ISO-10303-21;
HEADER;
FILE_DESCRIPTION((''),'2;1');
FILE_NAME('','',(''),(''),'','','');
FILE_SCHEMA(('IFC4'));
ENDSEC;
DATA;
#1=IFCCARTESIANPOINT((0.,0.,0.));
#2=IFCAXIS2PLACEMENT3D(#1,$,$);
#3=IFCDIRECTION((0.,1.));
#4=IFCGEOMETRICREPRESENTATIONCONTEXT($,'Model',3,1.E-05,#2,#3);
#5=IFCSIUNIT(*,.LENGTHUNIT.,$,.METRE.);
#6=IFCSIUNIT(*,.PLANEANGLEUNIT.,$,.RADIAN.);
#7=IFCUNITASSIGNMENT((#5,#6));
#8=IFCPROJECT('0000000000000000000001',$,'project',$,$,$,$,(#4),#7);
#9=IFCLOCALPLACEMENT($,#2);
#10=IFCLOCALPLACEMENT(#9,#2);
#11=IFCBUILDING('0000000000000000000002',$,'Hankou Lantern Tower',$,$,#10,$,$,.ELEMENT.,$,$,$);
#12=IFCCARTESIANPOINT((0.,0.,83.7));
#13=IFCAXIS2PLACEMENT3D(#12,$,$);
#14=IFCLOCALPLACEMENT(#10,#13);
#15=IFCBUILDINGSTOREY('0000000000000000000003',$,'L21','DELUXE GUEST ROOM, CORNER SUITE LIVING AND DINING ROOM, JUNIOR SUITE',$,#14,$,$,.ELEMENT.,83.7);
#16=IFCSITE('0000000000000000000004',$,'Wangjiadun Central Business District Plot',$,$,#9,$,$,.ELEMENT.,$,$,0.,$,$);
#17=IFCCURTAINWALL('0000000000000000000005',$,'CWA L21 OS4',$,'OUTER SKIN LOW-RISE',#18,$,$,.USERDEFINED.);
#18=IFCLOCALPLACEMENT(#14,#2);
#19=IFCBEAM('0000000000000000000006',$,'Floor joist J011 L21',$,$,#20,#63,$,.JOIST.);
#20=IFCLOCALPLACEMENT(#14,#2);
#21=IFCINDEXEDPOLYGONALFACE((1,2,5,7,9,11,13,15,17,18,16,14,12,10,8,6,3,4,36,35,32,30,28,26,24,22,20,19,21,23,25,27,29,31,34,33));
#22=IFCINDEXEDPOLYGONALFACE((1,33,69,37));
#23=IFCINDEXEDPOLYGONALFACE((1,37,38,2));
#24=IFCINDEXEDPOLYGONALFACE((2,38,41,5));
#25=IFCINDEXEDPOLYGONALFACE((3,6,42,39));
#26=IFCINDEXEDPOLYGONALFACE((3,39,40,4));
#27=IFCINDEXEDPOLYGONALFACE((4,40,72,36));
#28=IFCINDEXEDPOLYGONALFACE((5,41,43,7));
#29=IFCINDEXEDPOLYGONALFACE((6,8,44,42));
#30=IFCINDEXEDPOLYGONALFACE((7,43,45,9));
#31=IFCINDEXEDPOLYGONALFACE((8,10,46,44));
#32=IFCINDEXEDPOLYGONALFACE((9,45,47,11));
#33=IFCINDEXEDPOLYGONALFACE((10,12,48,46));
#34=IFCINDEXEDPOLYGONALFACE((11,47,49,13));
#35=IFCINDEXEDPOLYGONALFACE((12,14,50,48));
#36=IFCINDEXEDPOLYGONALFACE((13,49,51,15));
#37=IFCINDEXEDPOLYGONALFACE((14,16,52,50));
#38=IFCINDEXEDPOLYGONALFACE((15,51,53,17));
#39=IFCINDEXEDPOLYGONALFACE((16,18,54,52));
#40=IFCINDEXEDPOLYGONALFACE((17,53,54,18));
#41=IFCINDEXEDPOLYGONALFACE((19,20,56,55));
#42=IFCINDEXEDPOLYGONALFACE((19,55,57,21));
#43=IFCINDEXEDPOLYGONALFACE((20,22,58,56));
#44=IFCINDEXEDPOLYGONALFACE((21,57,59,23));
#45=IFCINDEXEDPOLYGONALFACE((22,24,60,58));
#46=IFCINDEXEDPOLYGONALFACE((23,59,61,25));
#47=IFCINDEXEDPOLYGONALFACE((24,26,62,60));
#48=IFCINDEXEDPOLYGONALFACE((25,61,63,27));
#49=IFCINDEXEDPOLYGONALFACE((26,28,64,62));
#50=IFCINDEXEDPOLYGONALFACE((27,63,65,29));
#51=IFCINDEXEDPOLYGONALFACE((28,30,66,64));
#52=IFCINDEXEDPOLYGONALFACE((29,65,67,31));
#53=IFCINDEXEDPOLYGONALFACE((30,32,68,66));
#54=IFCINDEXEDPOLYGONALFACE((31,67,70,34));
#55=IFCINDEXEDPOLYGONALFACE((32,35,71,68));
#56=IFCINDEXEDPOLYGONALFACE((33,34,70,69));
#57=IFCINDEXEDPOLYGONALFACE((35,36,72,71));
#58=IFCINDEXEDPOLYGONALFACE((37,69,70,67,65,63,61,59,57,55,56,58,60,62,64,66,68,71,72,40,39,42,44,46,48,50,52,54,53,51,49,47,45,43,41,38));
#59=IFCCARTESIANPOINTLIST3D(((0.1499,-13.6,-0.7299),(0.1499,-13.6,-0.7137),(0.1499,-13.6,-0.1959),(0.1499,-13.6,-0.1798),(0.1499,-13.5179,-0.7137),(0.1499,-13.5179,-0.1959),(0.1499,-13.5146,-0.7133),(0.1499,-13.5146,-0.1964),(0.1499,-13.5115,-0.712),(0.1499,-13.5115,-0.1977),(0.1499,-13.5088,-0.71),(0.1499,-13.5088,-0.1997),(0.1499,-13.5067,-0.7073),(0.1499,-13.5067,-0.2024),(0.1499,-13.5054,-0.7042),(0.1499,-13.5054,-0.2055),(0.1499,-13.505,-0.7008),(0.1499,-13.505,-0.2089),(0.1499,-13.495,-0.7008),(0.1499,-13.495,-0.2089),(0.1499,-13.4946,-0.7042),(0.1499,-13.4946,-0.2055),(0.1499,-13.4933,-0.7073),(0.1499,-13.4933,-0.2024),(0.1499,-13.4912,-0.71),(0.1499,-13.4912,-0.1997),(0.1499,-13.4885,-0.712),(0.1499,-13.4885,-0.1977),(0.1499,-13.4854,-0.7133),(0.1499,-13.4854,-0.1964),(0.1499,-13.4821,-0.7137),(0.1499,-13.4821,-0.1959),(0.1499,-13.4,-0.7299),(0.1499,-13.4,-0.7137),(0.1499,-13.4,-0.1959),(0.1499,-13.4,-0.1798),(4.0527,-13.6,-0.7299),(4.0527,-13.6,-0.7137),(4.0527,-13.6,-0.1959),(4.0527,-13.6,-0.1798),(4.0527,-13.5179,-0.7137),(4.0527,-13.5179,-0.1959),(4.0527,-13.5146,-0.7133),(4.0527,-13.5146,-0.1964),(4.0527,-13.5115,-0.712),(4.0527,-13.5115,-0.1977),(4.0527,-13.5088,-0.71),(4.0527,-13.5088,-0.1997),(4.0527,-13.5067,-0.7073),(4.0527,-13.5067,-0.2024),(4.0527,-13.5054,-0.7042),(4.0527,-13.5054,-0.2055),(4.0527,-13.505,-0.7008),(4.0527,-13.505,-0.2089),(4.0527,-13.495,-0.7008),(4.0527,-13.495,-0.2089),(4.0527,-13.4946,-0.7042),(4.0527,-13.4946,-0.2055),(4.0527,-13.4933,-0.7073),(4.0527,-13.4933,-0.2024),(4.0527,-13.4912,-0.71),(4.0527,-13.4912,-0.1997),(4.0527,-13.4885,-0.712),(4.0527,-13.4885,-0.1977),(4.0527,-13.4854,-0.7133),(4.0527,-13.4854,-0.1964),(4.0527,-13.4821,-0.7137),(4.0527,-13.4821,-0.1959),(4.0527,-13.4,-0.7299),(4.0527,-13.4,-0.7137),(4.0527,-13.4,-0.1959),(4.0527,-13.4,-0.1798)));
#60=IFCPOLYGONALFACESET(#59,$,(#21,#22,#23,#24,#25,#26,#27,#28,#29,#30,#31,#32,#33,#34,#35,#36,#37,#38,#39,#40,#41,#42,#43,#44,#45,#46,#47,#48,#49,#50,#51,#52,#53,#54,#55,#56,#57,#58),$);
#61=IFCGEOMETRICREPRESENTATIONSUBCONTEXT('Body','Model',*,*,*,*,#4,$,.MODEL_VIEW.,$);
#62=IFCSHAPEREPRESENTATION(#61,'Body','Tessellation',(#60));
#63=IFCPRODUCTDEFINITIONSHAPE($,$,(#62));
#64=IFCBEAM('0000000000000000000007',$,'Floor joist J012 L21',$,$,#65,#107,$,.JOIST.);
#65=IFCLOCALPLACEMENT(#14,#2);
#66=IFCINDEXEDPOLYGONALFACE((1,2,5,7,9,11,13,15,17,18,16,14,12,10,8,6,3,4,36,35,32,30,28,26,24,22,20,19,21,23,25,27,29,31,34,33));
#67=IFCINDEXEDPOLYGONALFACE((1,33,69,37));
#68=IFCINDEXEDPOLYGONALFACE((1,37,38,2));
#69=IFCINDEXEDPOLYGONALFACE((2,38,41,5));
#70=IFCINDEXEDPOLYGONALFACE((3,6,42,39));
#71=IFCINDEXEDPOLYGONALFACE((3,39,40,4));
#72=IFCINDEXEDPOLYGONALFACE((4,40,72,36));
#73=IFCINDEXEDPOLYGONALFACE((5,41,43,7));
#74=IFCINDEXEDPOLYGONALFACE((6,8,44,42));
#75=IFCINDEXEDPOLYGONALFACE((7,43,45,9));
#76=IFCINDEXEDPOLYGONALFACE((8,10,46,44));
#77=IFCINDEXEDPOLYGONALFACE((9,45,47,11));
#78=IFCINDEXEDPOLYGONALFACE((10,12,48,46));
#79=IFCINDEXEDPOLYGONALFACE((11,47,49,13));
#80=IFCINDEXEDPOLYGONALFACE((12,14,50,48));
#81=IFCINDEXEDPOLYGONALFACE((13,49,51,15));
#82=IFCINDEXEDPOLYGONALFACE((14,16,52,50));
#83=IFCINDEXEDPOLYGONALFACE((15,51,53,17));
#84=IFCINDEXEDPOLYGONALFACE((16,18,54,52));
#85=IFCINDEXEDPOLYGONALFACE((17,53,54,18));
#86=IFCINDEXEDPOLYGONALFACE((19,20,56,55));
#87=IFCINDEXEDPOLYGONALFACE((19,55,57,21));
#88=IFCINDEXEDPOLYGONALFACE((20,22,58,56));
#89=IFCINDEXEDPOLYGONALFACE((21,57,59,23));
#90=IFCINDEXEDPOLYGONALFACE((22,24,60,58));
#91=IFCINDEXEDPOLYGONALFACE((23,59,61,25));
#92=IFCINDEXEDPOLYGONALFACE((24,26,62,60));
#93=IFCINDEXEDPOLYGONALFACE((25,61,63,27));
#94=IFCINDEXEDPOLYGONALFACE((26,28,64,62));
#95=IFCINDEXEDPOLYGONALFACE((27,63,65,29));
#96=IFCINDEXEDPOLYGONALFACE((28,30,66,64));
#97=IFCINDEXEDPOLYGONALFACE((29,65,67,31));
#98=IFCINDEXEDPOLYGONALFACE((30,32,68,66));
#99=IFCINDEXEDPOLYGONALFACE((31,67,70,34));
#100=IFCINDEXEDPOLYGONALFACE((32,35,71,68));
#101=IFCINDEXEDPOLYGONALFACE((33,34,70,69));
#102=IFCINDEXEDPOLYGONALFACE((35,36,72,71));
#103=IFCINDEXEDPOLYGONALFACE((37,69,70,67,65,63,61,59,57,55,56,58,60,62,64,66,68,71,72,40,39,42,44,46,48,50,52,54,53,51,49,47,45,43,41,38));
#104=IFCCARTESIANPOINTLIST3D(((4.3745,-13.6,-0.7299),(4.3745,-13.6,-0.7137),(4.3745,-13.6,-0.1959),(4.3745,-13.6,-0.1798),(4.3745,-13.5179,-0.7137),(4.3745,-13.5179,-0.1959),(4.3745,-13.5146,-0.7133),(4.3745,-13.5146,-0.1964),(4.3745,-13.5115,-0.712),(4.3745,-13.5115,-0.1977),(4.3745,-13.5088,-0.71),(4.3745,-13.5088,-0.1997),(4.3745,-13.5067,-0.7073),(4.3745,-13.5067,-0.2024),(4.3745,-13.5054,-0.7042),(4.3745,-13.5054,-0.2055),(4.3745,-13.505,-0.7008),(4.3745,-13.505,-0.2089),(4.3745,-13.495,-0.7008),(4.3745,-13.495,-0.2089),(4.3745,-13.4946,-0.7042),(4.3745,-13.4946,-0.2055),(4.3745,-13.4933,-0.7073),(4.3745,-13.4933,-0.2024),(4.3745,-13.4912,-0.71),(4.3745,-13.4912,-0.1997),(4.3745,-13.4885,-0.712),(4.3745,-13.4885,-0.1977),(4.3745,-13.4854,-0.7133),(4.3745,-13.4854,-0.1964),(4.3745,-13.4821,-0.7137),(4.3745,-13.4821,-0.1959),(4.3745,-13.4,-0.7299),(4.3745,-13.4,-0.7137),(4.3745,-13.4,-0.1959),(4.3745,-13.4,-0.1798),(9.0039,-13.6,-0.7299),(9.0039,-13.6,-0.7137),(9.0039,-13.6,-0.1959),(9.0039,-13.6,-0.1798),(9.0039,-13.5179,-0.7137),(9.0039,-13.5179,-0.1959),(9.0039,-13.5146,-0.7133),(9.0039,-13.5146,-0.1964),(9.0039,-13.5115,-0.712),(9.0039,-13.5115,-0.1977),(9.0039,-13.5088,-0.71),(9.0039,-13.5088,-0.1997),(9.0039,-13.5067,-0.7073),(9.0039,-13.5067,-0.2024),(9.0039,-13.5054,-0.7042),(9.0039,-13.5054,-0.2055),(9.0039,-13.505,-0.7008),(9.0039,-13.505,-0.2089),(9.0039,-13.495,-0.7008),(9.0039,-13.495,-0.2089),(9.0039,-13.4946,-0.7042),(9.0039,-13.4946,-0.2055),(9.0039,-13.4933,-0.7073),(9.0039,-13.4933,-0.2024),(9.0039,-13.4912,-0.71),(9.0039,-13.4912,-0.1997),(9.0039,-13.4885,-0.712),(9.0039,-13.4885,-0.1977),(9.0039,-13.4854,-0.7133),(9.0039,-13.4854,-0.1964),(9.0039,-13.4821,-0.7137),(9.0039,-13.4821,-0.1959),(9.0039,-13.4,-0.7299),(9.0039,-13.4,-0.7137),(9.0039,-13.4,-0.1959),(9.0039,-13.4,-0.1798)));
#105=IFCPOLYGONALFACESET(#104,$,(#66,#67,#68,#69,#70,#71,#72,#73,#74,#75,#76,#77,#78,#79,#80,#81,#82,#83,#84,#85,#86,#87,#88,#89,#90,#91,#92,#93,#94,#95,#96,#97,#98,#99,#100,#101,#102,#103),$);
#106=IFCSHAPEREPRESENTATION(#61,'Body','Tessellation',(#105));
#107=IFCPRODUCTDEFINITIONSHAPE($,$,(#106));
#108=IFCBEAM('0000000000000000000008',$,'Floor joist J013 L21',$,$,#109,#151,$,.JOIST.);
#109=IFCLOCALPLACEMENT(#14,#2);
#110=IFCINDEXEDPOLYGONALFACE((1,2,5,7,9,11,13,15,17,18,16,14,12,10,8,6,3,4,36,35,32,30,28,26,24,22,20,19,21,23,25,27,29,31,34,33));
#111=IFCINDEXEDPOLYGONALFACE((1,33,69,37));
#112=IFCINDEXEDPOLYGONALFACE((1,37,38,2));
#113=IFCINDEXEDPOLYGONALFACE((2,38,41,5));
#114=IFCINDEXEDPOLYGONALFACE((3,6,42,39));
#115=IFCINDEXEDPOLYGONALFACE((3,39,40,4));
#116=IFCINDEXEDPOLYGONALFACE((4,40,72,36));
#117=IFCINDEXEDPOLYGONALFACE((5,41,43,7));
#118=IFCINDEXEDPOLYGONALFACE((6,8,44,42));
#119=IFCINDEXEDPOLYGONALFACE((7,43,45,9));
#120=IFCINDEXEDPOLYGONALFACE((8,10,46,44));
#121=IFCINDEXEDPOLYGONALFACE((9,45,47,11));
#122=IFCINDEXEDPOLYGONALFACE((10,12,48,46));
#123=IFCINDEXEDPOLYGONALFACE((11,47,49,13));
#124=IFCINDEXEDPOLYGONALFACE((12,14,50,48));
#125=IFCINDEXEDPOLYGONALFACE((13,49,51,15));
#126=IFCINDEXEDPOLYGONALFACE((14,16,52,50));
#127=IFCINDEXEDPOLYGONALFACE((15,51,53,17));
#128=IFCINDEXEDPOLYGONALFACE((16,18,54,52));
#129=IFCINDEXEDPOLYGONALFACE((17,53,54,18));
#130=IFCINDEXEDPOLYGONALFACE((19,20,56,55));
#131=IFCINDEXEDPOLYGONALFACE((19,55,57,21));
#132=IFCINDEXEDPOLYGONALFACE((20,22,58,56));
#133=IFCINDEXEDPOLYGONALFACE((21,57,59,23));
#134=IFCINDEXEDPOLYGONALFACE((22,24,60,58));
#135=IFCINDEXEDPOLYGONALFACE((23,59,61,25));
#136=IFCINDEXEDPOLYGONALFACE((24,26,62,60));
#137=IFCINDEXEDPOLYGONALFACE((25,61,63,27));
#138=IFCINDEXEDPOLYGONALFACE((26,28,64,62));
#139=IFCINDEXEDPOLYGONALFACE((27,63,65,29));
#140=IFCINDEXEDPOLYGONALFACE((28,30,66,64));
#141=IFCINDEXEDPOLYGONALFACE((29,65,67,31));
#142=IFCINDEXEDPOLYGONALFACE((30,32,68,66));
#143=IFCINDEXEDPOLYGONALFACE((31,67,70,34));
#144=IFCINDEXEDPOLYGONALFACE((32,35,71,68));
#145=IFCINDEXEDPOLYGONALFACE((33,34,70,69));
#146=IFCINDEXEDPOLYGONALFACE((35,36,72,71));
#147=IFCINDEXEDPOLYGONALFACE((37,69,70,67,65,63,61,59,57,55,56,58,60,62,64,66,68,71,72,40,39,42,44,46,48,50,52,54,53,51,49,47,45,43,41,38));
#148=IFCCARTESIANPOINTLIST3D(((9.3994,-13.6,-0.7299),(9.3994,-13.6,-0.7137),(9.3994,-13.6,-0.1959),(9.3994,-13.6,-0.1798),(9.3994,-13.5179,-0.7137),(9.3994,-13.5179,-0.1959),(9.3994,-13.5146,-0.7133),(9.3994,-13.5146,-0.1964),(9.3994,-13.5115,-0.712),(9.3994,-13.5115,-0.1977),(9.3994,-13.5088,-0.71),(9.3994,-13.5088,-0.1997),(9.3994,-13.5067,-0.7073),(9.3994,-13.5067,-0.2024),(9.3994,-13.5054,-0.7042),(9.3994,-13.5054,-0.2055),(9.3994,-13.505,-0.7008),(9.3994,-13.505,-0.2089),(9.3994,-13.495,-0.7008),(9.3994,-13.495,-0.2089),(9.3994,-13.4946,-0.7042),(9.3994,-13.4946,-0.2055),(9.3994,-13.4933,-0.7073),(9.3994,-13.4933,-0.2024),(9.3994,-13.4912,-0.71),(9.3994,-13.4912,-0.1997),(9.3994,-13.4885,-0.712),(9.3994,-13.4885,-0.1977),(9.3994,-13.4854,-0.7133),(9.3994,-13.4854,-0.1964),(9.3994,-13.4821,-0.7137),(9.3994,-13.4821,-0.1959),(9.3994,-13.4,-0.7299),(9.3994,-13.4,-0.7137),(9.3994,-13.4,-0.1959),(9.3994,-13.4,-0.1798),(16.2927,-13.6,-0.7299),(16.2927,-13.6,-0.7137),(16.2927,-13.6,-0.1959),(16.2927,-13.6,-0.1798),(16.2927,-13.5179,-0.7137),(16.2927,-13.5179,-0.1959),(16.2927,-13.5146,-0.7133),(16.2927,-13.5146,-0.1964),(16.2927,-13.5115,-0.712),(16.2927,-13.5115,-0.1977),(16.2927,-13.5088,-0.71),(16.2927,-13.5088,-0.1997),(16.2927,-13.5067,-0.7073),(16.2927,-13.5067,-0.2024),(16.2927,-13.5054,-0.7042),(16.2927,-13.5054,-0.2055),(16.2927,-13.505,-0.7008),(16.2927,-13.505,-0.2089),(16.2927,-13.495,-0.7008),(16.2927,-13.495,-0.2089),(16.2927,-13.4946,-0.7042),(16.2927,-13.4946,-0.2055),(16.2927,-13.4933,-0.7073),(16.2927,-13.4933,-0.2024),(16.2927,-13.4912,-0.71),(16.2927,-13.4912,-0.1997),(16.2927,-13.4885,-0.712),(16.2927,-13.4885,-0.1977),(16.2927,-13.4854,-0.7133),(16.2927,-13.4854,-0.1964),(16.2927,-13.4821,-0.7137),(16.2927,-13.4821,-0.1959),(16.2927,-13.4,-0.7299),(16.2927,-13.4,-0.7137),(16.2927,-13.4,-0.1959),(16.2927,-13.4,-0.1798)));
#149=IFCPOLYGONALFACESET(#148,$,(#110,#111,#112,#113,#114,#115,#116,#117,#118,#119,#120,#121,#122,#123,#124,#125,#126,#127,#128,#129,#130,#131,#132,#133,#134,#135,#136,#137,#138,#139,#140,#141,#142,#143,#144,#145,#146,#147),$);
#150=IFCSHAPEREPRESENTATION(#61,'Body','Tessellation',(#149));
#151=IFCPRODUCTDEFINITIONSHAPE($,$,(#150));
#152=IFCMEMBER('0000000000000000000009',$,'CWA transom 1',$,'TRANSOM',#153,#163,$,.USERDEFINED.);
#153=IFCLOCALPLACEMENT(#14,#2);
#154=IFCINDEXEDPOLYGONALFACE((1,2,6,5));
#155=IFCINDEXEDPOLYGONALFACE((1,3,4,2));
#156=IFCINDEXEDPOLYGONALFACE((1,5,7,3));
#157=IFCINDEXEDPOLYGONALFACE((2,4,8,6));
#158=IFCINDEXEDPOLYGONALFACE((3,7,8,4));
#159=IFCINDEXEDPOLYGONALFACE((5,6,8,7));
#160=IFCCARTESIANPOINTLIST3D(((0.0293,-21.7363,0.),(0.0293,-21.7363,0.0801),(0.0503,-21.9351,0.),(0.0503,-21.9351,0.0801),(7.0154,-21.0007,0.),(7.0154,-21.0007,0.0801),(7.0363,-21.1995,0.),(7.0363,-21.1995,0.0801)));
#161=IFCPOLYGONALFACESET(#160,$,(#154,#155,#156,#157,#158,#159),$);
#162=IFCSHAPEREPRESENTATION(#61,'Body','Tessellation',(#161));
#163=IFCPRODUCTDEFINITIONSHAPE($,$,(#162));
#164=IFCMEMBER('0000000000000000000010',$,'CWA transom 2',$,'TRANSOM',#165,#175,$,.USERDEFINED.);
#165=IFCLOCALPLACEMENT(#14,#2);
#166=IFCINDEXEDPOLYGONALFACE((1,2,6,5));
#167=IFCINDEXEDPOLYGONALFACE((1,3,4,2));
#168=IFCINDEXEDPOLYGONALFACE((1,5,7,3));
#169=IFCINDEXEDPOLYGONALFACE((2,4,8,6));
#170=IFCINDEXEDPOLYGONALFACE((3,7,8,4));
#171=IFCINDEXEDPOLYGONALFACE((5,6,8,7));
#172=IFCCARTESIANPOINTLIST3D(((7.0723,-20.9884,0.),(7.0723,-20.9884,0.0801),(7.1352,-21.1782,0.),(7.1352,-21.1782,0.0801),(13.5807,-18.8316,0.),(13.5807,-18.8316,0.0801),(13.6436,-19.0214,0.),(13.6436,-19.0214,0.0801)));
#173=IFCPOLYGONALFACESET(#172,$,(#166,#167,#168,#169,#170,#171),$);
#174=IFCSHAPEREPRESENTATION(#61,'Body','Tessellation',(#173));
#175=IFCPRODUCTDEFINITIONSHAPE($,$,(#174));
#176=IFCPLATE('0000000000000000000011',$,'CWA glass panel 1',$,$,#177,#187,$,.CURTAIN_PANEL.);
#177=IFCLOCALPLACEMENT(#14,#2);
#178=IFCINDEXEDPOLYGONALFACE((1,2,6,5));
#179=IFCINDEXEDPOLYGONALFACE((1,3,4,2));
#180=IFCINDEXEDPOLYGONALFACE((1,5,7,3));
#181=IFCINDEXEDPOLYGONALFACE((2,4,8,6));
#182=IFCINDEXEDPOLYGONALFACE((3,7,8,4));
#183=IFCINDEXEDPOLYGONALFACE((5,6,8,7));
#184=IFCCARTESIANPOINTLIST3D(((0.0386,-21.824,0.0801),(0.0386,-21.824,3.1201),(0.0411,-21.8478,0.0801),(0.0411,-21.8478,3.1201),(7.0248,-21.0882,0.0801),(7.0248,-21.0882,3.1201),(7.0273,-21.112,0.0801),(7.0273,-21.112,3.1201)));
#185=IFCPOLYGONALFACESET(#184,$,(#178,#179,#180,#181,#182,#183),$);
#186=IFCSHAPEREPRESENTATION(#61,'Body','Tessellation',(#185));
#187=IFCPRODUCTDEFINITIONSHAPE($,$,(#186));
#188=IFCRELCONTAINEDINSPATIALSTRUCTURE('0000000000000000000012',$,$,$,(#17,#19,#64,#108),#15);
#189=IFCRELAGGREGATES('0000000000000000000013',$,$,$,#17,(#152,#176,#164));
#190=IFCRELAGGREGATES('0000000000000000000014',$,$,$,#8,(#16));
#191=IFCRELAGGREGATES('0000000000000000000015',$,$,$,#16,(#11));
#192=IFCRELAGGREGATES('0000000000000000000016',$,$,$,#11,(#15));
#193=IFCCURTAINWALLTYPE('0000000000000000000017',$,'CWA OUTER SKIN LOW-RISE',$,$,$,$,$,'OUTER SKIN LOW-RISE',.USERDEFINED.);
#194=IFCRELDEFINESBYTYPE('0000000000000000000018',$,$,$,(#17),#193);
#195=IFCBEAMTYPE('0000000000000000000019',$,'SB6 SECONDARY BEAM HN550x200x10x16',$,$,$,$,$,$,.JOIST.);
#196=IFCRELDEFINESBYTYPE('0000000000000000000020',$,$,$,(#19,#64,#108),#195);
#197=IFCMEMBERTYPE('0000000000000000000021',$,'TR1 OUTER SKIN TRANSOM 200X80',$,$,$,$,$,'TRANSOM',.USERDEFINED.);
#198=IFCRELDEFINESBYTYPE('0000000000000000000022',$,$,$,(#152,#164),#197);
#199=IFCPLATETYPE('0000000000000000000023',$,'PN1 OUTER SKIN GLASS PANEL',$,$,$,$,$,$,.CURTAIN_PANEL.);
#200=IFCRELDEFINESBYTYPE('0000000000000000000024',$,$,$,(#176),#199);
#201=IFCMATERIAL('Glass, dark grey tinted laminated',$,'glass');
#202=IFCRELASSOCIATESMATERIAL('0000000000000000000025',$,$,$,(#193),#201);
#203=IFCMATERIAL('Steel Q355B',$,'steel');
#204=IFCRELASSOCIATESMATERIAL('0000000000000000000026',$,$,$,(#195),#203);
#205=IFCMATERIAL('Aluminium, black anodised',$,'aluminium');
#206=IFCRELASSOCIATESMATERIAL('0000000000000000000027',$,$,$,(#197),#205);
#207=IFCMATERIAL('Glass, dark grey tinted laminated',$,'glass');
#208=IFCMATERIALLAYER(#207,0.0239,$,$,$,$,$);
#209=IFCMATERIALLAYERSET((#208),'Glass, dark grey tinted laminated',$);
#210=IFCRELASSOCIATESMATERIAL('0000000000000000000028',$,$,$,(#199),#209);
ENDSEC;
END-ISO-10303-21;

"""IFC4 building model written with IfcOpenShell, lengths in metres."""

from ifc_helpers import new_model, si_unit, direction, frame, origin, origin_2d, place, context, subcontext, project, spatial, rectangle, i_section, extrude, material, layer, layer_set, material_profile, profile_set, type_object, element, aggregate, save


model = new_model("IFC4")

# Units and contexts
model_context = context("Model", 3, precision=1e-05, world=origin(), true_north=direction((0.0, 1.0)))
body_context = subcontext(model_context, "Body", "Model", "MODEL_VIEW")
ifc_project = project(units=[si_unit("LENGTHUNIT", "METRE"), si_unit("PLANEANGLEUNIT", "RADIAN")], contexts=[model_context])

# Site, building, storey
site_placement = place(None, origin())
site = spatial("IfcSite", under=ifc_project, at=site_placement, Name="Wangjiadun Central Business District Plot", CompositionType="ELEMENT", RefElevation=0.0)
building_placement = place(site_placement, origin())
building = spatial("IfcBuilding", under=site, at=building_placement, Name="Hankou Lantern Tower", CompositionType="ELEMENT")
storey_placement = place(building_placement, frame((0.0, 0.0, 83.7)))
storey = spatial("IfcBuildingStorey", under=building, at=storey_placement, Name="L21", Description="DELUXE GUEST ROOM, CORNER SUITE LIVING AND DINING ROOM, JUNIOR SUITE", CompositionType="ELEMENT", Elevation=83.7)

# Curtain wall
ifc_material_1 = material(Name="Glass, dark grey tinted laminated", Category="glass")
curtain_wall_type = type_object("IfcCurtainWallType", Name="CWA OUTER SKIN LOW-RISE", ElementType="OUTER SKIN LOW-RISE", PredefinedType="USERDEFINED", material=ifc_material_1)
curtain_wall_placement = place(storey_placement, origin())
curtain_wall = element("IfcCurtainWall", 1, at=curtain_wall_placement, inside=storey, type_object=curtain_wall_type, Name="CWA L21 OS4", ObjectType="OUTER SKIN LOW-RISE", PredefinedType="USERDEFINED")

# Beams
ifc_material_2 = material(Name="Steel Q355B", Category="steel")
ifc_material_profile_1 = material_profile(ifc_material_2, i_section(OverallWidth=0.2, OverallDepth=0.55, WebThickness=0.01, FlangeThickness=0.0161, FilletRadius=0.0129, at=origin_2d()), Name="HN550x200x10x16")
ifc_profile_set_1 = profile_set([ifc_material_profile_1], Name="Steel Q355B")
beam_type_1 = type_object("IfcBeamType", Name="SB6 SECONDARY BEAM HN550x200x10x16", PredefinedType="JOIST", material=ifc_profile_set_1)
beam_1_placement = place(storey_placement, frame((0.1499, -13.5, -0.4548), z_axis=(1.0, 0.0, 0.0), x_axis=(0.0, 1.0, 0.0)))
element("IfcBeam", 2, at=beam_1_placement, inside=storey, type_object=beam_type_1, Name="Floor joist J011 L21", PredefinedType="JOIST", context=body_context, shape_type="SweptSolid", body=[
    extrude(i_section(OverallWidth=0.2, OverallDepth=0.55, WebThickness=0.01, FlangeThickness=0.0161, FilletRadius=0.0129, at=origin_2d()), origin(), (0.0, 0.0, 1.0), 3.9028),
])
beam_2_placement = place(storey_placement, frame((4.3745, -13.5, -0.4548), z_axis=(1.0, 0.0, 0.0), x_axis=(0.0, 1.0, 0.0)))
element("IfcBeam", 3, at=beam_2_placement, inside=storey, type_object=beam_type_1, Name="Floor joist J012 L21", PredefinedType="JOIST", context=body_context, shape_type="SweptSolid", body=[
    extrude(i_section(OverallWidth=0.2, OverallDepth=0.55, WebThickness=0.01, FlangeThickness=0.0161, FilletRadius=0.0129, at=origin_2d()), origin(), (0.0, 0.0, 1.0), 4.6294),
])
beam_3_placement = place(storey_placement, frame((9.3994, -13.5, -0.4548), z_axis=(1.0, 0.0, 0.0), x_axis=(0.0, 1.0, 0.0)))
element("IfcBeam", 4, at=beam_3_placement, inside=storey, type_object=beam_type_1, Name="Floor joist J013 L21", PredefinedType="JOIST", context=body_context, shape_type="SweptSolid", body=[
    extrude(i_section(OverallWidth=0.2, OverallDepth=0.55, WebThickness=0.01, FlangeThickness=0.0161, FilletRadius=0.0129, at=origin_2d()), origin(), (0.0, 0.0, 1.0), 6.8933),
])

# Members
ifc_material_3 = material(Name="Aluminium, black anodised", Category="aluminium")
ifc_material_profile_2 = material_profile(ifc_material_3, rectangle(XDim=0.2, YDim=0.0801, at=origin_2d()), Name="TR1 200X80")
ifc_profile_set_2 = profile_set([ifc_material_profile_2], Name="Aluminium, black anodised")
member_type_1 = type_object("IfcMemberType", Name="TR1 OUTER SKIN TRANSOM 200X80", ElementType="TRANSOM", PredefinedType="USERDEFINED", material=ifc_profile_set_2)
member_1_placement = place(storey_placement, frame((0.0398, -21.8357, 0.04), z_axis=(0.994502, 0.104716, 0.0), x_axis=(-0.104716, 0.994502, 0.0)))
member_1 = element("IfcMember", 5, at=member_1_placement, type_object=member_type_1, Name="CWA transom 1", ObjectType="TRANSOM", PredefinedType="USERDEFINED", context=body_context, shape_type="SweptSolid", body=[
    extrude(rectangle(XDim=0.2, YDim=0.0801, at=origin_2d()), origin(), (0.0, 0.0, 1.0), 7.0247),
])
member_2_placement = place(storey_placement, frame((7.1038, -21.0833, 0.04), z_axis=(0.949237, 0.314561, 0.0), x_axis=(-0.314561, 0.949237, 0.0)))
member_2 = element("IfcMember", 6, at=member_2_placement, type_object=member_type_1, Name="CWA transom 2", ObjectType="TRANSOM", PredefinedType="USERDEFINED", context=body_context, shape_type="SweptSolid", body=[
    extrude(rectangle(XDim=0.2, YDim=0.0801, at=origin_2d()), origin(), (0.0, 0.0, 1.0), 6.8564),
])

# Plate
ifc_material_4 = material(Name="Glass, dark grey tinted laminated", Category="glass")
ifc_layer_1 = layer(ifc_material_4, 0.0239)
ifc_layer_set_1 = layer_set([ifc_layer_1], Name="Glass, dark grey tinted laminated")
plate_type = type_object("IfcPlateType", Name="PN1 OUTER SKIN GLASS PANEL", PredefinedType="CURTAIN_PANEL", material=ifc_layer_set_1)
plate_1_placement = place(storey_placement, frame((3.533, -21.468, 0.0801), z_axis=(0.0, 0.0, 1.0), x_axis=(0.994499, 0.104743, 0.0)))
plate_1 = element("IfcPlate", 7, at=plate_1_placement, type_object=plate_type, Name="CWA glass panel 1", PredefinedType="CURTAIN_PANEL", context=body_context, shape_type="SweptSolid", body=[
    extrude(rectangle(XDim=7.0249, YDim=0.0239, at=origin_2d()), origin(), (0.0, 0.0, 1.0), 3.04),
])
aggregate(curtain_wall, [member_1, plate_1, member_2])

save(model, "model.ifc")
